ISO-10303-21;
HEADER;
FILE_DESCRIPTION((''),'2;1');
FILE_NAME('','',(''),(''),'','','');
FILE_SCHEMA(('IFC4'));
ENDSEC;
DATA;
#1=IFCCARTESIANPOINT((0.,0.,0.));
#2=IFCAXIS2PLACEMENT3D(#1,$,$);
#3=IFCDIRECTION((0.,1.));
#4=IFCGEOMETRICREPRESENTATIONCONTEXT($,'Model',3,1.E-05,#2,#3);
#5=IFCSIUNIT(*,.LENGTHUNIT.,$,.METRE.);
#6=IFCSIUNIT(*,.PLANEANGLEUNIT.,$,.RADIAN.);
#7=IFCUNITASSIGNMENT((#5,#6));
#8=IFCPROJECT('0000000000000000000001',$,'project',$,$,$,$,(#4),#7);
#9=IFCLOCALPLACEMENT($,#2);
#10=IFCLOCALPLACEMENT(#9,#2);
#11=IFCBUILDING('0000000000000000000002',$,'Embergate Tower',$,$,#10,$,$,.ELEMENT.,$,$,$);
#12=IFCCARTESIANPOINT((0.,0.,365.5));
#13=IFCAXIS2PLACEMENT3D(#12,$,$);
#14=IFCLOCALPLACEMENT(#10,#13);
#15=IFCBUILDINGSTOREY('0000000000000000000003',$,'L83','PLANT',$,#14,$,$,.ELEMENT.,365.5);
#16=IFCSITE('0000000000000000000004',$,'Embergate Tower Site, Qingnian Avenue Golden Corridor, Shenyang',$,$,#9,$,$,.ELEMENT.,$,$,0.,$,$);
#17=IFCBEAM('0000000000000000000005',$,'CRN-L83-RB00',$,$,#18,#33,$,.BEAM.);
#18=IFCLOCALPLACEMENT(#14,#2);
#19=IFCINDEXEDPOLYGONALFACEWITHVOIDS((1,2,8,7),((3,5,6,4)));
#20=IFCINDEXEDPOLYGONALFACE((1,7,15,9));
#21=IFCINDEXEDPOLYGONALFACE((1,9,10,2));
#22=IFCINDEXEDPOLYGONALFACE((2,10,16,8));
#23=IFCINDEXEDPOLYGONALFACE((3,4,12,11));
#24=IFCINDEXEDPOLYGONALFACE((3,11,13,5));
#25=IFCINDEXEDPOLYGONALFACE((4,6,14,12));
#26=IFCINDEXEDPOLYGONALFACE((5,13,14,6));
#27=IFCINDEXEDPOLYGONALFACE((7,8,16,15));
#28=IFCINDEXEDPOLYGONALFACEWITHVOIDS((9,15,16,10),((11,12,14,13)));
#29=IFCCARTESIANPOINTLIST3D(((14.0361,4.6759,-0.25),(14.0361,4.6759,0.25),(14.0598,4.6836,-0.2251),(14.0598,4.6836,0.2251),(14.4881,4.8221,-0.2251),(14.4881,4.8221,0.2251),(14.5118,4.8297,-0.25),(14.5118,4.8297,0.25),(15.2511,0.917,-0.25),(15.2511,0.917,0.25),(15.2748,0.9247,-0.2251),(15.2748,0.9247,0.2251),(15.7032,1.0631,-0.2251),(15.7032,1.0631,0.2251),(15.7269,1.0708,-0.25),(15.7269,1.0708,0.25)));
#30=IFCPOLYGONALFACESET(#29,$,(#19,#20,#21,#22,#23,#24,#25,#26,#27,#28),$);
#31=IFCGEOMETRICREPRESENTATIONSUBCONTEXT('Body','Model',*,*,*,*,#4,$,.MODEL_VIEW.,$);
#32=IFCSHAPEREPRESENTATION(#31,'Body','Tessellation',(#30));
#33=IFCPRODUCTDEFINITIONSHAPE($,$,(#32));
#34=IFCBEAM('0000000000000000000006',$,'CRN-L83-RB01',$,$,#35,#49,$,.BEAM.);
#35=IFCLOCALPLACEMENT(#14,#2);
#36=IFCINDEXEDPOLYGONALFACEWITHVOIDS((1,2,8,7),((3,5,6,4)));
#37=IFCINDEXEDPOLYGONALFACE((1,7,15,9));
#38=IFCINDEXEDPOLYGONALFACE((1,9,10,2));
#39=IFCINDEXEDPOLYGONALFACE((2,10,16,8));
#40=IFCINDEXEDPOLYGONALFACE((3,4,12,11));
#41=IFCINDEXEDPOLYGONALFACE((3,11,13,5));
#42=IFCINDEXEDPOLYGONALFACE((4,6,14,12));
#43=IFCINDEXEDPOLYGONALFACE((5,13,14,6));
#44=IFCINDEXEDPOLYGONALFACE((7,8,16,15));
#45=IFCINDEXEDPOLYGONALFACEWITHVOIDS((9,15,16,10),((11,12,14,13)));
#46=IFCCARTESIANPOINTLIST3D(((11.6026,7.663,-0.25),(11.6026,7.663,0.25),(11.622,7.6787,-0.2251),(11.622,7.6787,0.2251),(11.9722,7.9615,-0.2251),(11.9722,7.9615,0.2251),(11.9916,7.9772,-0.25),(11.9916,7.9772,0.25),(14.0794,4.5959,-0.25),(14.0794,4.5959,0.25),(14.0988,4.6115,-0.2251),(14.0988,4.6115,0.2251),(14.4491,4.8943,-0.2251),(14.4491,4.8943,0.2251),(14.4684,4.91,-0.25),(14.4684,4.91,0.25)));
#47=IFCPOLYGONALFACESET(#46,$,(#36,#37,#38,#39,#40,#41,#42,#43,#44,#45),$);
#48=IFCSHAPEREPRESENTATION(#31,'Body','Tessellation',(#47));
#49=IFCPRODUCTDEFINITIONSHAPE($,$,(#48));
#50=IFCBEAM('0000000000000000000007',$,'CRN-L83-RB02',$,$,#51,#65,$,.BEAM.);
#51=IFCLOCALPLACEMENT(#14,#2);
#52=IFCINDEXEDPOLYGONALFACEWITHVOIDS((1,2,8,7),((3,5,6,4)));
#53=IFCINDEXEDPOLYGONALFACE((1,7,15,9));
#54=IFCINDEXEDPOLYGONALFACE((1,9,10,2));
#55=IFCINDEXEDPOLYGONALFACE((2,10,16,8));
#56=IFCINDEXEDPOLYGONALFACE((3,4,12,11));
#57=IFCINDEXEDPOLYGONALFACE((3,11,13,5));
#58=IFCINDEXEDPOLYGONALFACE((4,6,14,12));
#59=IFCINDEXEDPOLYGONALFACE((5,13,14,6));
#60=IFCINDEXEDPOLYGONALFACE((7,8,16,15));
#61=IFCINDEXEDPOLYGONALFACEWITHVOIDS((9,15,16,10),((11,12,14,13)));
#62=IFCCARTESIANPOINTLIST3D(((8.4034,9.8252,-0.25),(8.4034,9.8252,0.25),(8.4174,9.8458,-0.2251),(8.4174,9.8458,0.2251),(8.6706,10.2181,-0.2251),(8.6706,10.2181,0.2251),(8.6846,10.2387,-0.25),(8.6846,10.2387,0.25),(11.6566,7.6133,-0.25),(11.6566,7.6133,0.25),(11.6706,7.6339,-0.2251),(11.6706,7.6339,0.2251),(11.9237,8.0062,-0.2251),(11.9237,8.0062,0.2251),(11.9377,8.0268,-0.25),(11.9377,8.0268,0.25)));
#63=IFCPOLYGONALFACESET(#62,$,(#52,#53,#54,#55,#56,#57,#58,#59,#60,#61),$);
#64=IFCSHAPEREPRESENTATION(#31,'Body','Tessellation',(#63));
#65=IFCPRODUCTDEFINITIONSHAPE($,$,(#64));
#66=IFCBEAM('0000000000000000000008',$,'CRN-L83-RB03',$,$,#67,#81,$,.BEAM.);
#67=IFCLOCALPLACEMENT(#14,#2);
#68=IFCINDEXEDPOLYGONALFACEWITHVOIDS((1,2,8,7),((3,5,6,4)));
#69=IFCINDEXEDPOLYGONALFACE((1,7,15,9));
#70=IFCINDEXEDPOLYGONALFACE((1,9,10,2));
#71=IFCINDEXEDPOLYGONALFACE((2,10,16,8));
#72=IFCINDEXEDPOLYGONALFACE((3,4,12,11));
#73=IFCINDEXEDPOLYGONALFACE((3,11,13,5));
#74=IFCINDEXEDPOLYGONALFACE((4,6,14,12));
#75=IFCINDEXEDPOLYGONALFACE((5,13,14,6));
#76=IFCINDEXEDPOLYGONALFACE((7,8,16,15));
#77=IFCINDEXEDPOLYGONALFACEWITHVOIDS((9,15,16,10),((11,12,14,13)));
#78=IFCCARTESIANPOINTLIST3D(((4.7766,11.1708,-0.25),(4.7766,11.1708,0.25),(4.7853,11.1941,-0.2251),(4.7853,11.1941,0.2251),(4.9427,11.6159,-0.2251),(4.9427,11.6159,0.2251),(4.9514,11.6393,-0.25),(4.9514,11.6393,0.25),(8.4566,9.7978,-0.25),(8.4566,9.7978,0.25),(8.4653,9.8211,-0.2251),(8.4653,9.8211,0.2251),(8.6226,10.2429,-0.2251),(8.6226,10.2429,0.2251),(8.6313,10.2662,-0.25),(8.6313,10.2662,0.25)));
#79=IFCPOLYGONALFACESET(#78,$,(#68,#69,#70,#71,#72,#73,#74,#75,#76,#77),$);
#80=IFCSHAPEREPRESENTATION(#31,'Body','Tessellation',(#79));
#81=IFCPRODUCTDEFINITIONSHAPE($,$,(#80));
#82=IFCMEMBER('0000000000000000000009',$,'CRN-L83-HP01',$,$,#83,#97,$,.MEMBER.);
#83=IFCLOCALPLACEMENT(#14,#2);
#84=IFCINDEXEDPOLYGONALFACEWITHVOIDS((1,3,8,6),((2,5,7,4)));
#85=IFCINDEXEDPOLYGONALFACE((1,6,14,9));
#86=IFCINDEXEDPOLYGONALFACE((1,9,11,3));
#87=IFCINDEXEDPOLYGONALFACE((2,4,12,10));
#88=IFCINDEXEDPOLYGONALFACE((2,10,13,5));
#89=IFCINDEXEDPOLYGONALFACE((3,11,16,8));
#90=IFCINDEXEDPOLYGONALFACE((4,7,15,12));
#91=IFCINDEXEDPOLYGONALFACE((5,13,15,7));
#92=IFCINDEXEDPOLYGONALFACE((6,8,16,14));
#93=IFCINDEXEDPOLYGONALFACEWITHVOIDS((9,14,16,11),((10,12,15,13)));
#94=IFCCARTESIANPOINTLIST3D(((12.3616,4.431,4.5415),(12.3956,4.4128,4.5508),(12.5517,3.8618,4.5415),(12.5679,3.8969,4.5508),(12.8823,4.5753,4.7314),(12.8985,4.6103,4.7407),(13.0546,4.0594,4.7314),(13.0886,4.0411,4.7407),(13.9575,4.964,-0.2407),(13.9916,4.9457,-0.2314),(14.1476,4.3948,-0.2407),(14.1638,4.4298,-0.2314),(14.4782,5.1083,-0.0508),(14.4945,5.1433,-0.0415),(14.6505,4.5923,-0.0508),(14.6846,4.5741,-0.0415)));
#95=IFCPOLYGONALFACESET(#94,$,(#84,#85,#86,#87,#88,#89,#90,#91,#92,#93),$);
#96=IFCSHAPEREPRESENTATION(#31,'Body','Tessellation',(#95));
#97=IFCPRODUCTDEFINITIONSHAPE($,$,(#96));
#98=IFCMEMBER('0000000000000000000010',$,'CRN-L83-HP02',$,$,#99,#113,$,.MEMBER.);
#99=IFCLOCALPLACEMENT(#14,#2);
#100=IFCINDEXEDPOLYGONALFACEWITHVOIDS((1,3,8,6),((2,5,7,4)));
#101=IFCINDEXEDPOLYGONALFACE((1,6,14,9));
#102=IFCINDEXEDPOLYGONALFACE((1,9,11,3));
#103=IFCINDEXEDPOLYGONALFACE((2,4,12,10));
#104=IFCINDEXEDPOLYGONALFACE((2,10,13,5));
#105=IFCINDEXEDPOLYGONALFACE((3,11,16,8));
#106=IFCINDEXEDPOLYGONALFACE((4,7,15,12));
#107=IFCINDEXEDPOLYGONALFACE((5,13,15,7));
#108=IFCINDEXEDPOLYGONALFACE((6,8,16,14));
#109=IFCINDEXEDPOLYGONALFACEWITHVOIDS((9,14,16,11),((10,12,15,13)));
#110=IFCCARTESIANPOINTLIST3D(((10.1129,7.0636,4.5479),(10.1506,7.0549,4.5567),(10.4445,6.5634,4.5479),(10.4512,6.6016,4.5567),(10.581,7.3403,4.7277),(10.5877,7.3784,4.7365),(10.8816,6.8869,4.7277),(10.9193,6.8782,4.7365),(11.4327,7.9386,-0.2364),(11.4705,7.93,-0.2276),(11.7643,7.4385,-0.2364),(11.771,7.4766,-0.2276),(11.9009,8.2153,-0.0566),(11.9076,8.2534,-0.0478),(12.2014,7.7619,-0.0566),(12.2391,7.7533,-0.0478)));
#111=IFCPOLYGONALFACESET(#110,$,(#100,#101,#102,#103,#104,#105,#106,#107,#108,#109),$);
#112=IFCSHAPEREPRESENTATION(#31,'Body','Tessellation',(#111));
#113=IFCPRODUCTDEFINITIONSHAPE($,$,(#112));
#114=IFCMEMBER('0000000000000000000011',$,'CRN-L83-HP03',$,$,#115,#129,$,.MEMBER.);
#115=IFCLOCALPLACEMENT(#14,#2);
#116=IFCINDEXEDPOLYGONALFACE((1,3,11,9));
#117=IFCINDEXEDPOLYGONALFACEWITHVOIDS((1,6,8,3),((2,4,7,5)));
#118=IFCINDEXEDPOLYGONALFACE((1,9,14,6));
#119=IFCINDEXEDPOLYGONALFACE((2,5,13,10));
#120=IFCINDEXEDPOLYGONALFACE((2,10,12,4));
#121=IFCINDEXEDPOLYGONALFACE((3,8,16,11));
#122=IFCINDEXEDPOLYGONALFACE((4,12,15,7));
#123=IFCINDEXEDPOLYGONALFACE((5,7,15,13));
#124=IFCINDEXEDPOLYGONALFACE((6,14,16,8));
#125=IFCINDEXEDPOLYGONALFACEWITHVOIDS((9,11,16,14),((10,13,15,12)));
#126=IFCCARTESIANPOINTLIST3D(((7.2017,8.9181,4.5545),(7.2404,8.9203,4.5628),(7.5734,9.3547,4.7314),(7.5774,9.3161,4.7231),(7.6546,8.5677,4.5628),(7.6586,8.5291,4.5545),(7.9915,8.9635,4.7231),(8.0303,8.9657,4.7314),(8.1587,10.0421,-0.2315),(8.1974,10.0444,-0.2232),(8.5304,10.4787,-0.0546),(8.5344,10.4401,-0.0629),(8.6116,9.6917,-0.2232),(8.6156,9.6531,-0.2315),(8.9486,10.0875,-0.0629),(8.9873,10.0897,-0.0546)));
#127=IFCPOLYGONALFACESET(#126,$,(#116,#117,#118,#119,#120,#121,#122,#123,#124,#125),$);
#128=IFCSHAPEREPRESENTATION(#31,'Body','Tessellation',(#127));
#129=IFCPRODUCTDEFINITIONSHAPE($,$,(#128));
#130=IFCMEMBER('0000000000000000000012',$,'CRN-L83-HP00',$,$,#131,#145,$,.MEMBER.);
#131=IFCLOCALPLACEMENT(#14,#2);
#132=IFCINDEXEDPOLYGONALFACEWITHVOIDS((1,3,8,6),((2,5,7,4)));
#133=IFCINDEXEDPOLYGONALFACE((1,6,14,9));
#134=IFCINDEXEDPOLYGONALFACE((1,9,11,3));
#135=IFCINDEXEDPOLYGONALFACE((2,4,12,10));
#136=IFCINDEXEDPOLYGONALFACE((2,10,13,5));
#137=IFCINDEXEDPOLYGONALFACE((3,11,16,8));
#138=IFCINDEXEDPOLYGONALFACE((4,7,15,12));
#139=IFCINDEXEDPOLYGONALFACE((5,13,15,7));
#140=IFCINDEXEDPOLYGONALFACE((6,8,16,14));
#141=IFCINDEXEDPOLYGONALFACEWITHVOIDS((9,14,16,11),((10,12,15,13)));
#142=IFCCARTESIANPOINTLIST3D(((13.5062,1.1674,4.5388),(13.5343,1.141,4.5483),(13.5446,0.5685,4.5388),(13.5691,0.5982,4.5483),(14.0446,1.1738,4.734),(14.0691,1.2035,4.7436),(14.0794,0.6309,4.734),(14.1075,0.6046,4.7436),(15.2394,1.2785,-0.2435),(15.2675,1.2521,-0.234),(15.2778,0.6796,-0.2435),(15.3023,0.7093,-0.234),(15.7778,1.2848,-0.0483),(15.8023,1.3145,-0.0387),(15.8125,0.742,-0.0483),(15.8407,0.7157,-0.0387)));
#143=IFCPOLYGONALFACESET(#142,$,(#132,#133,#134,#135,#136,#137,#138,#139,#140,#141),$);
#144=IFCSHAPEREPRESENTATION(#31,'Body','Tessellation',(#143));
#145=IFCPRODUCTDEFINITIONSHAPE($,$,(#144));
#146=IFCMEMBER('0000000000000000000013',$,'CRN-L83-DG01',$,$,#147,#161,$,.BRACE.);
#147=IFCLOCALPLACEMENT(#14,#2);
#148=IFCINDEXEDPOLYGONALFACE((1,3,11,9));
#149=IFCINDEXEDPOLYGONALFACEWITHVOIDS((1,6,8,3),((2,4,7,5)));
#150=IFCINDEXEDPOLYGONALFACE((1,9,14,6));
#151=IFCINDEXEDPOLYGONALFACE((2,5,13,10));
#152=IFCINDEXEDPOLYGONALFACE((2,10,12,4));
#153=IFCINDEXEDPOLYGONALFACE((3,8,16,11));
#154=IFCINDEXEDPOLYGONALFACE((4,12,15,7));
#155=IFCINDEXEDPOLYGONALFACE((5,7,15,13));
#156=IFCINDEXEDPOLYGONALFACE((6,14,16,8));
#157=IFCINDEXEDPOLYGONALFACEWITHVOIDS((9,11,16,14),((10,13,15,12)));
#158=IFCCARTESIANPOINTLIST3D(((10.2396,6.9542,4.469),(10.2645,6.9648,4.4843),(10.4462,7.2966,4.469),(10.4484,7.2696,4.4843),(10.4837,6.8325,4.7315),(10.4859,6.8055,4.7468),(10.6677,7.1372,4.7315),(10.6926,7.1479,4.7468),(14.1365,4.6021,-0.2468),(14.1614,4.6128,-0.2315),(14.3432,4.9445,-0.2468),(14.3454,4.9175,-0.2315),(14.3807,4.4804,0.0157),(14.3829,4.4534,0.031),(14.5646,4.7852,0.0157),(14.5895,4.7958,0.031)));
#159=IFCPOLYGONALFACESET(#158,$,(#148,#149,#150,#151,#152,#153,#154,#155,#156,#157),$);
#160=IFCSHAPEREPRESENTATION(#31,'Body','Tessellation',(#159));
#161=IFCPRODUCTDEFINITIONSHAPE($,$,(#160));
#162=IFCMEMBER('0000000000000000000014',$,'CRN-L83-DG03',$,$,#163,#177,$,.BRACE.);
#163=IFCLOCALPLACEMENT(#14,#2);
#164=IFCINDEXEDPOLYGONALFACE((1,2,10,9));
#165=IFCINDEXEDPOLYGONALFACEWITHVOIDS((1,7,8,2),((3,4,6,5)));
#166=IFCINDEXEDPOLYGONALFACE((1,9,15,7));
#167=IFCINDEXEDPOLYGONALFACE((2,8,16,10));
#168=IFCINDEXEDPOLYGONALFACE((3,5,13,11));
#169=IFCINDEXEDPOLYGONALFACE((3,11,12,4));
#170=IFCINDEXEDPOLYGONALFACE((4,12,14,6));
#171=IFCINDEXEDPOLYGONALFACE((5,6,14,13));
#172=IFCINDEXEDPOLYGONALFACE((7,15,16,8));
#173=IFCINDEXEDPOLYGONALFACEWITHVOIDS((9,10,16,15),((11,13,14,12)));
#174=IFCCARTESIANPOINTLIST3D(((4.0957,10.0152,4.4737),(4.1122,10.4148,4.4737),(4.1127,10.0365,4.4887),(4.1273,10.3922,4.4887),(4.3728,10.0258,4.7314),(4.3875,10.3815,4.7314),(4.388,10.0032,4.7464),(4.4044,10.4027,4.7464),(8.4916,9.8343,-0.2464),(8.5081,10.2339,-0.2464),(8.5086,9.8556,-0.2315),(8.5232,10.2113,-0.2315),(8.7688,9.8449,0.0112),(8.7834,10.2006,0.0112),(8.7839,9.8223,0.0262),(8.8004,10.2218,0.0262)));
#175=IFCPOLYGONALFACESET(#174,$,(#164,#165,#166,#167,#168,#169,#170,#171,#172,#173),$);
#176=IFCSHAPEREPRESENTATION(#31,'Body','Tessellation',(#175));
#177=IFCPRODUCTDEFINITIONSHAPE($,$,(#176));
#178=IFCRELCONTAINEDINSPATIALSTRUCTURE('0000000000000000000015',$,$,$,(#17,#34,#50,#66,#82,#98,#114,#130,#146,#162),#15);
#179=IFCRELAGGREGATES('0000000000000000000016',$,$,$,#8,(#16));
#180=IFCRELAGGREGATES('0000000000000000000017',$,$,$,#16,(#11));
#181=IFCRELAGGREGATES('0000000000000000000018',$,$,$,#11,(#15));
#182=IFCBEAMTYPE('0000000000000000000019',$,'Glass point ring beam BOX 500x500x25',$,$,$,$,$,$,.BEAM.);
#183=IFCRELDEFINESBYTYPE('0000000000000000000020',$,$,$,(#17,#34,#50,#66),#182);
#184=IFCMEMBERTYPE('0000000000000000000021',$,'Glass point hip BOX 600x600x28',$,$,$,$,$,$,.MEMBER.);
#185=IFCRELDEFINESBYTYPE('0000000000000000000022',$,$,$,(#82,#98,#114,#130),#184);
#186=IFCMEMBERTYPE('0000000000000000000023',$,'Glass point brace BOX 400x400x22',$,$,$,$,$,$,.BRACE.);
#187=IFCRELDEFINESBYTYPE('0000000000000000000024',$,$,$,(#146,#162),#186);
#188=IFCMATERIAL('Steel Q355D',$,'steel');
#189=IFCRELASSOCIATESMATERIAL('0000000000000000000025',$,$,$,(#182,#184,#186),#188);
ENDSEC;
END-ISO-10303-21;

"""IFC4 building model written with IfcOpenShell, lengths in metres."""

from ifc_helpers import new_model, si_unit, direction, frame, origin, origin_2d, place, context, subcontext, project, spatial, hollow_rectangle, extrude, source, transform, mapped, material, material_profile, profile_set, type_object, element, save


model = new_model("IFC4")

# Units and contexts
model_context = context("Model", 3, precision=1e-05, world=origin(), true_north=direction((0.0, 1.0)))
body_context = subcontext(model_context, "Body", "Model", "MODEL_VIEW")
ifc_project = project(units=[si_unit("LENGTHUNIT", "METRE"), si_unit("PLANEANGLEUNIT", "RADIAN")], contexts=[model_context])

# Site, building, storey
site_placement = place(None, origin())
site = spatial("IfcSite", under=ifc_project, at=site_placement, Name="Embergate Tower Site, Qingnian Avenue Golden Corridor, Shenyang", CompositionType="ELEMENT", RefElevation=0.0)
building_placement = place(site_placement, origin())
building = spatial("IfcBuilding", under=site, at=building_placement, Name="Embergate Tower", CompositionType="ELEMENT")
storey_placement = place(building_placement, frame((0.0, 0.0, 365.5)))
storey = spatial("IfcBuildingStorey", under=building, at=storey_placement, Name="L83", Description="PLANT", CompositionType="ELEMENT", Elevation=365.5)

# Beams
ifc_material_1 = material(Name="Steel Q355D", Category="steel")
ifc_material_profile_1 = material_profile(ifc_material_1, hollow_rectangle(XDim=0.5, YDim=0.5, WallThickness=0.0249, at=origin_2d()), Name="BOX 500x500x25")
ifc_profile_set_1 = profile_set([ifc_material_profile_1], Name="Steel Q355 grade D")
beam_type = type_object("IfcBeamType", Name="Glass point ring beam BOX 500x500x25", PredefinedType="BEAM", material=ifc_profile_set_1)
shared_shape_1 = source(origin(), body_context, "Body", "SweptSolid", [
    extrude(hollow_rectangle(XDim=0.5, YDim=0.5, WallThickness=0.0249, at=origin_2d()), origin(), (0.0, 0.0, 1.0), 3.9504),
])
beam_1_placement = place(storey_placement, frame((15.489, 0.9939, 0.0), z_axis=(-0.307575, 0.951524, 0.0), x_axis=(-0.951524, -0.307575, 0.0)))
element("IfcBeam", 1, at=beam_1_placement, inside=storey, type_object=beam_type, Name="CRN-L83-RB00", PredefinedType="BEAM", context=body_context, shape_type="MappedRepresentation", body=[
    mapped(shared_shape_1, transform((0.0, 0.0, 0.0))),
])
shared_shape_2 = source(origin(), body_context, "Body", "SweptSolid", [
    extrude(hollow_rectangle(XDim=0.5, YDim=0.5, WallThickness=0.0249, at=origin_2d()), origin(), (0.0, 0.0, 1.0), 3.9424),
])
beam_2_placement = place(storey_placement, frame((14.2739, 4.7529, 0.0), z_axis=(-0.628261, 0.778003, 0.0), x_axis=(-0.778003, -0.628261, 0.0)))
element("IfcBeam", 2, at=beam_2_placement, inside=storey, type_object=beam_type, Name="CRN-L83-RB01", PredefinedType="BEAM", context=body_context, shape_type="MappedRepresentation", body=[
    mapped(shared_shape_2, transform((0.0, 0.0, 0.0))),
])
shared_shape_3 = source(origin(), body_context, "Body", "SweptSolid", [
    extrude(hollow_rectangle(XDim=0.5, YDim=0.5, WallThickness=0.0249, at=origin_2d()), origin(), (0.0, 0.0, 1.0), 3.9338),
])
beam_3_placement = place(storey_placement, frame((11.7971, 7.8201, 0.0), z_axis=(-0.826955, 0.562268, 0.0), x_axis=(-0.562268, -0.826955, 0.0)))
element("IfcBeam", 3, at=beam_3_placement, inside=storey, type_object=beam_type, Name="CRN-L83-RB02", PredefinedType="BEAM", context=body_context, shape_type="MappedRepresentation", body=[
    mapped(shared_shape_3, transform((0.0, 0.0, 0.0))),
])
shared_shape_4 = source(origin(), body_context, "Body", "SweptSolid", [
    extrude(hollow_rectangle(XDim=0.5, YDim=0.5, WallThickness=0.0249, at=origin_2d()), origin(), (0.0, 0.0, 1.0), 3.9277),
])
beam_4_placement = place(storey_placement, frame((8.5439, 10.032, 0.0), z_axis=(-0.936908, 0.349577, 0.0), x_axis=(-0.349577, -0.936908, 0.0)))
element("IfcBeam", 4, at=beam_4_placement, inside=storey, type_object=beam_type, Name="CRN-L83-RB03", PredefinedType="BEAM", context=body_context, shape_type="MappedRepresentation", body=[
    mapped(shared_shape_4, transform((0.0, 0.0, 0.0))),
])

# Members
ifc_material_profile_2 = material_profile(ifc_material_1, hollow_rectangle(XDim=0.6001, YDim=0.6001, WallThickness=0.0281, at=origin_2d()), Name="BOX 600x600x28")
ifc_profile_set_2 = profile_set([ifc_material_profile_2], Name="Steel Q355 grade D")
member_type_1 = type_object("IfcMemberType", Name="Glass point hip BOX 600x600x28", PredefinedType="MEMBER", material=ifc_profile_set_2)
shared_shape_5 = source(origin(), body_context, "Body", "SweptSolid", [
    extrude(hollow_rectangle(XDim=0.6001, YDim=0.6001, WallThickness=0.0281, at=origin_2d()), origin(), (0.0, 0.0, 1.0), 5.0696),
])
member_1_placement = place(storey_placement, frame((14.321, 4.769, -0.1411), z_axis=(-0.314808, -0.105129, 0.943315), x_axis=(0.31675, -0.948509, 0.0)))
element("IfcMember", 5, at=member_1_placement, inside=storey, type_object=member_type_1, Name="CRN-L83-HP01", PredefinedType="MEMBER", context=body_context, shape_type="MappedRepresentation", body=[
    mapped(shared_shape_5, transform((0.0, 0.0, 0.0))),
])
shared_shape_6 = source(origin(), body_context, "Body", "SweptSolid", [
    extrude(hollow_rectangle(XDim=0.6001, YDim=0.6001, WallThickness=0.0281, at=origin_2d()), origin(), (0.0, 0.0, 1.0), 5.0396),
])
member_2_placement = place(storey_placement, frame((11.8359, 7.8459, -0.1421), z_axis=(-0.261899, -0.17363, 0.949348), x_axis=(0.552564, -0.833471, 0.0)))
element("IfcMember", 6, at=member_2_placement, inside=storey, type_object=member_type_1, Name="CRN-L83-HP02", PredefinedType="MEMBER", context=body_context, shape_type="MappedRepresentation", body=[
    mapped(shared_shape_6, transform((0.0, 0.0, 0.0))),
])
shared_shape_7 = source(origin(), body_context, "Body", "SweptSolid", [
    extrude(hollow_rectangle(XDim=0.6001, YDim=0.6001, WallThickness=0.0281, at=origin_2d()), origin(), (0.0, 0.0, 1.0), 5.0085),
])
member_3_placement = place(storey_placement, frame((8.573, 10.0659, -0.1431), z_axis=(-0.191076, -0.224417, 0.955577), x_axis=(0.7614, -0.648282, 0.0)))
element("IfcMember", 7, at=member_3_placement, inside=storey, type_object=member_type_1, Name="CRN-L83-HP03", PredefinedType="MEMBER", context=body_context, shape_type="MappedRepresentation", body=[
    mapped(shared_shape_7, transform((0.0, 0.0, 0.0))),
])
shared_shape_8 = source(origin(), body_context, "Body", "SweptSolid", [
    extrude(hollow_rectangle(XDim=0.6001, YDim=0.6001, WallThickness=0.0281, at=origin_2d()), origin(), (0.0, 0.0, 1.0), 5.0879),
])
member_4_placement = place(storey_placement, frame((15.54, 0.9971, -0.1411), z_axis=(-0.340648, -0.021833, 0.939937), x_axis=(0.063962, -0.997952, 0.0)))
element("IfcMember", 8, at=member_4_placement, inside=storey, type_object=member_type_1, Name="CRN-L83-HP00", PredefinedType="MEMBER", context=body_context, shape_type="MappedRepresentation", body=[
    mapped(shared_shape_8, transform((0.0, 0.0, 0.0))),
])
ifc_material_profile_3 = material_profile(ifc_material_1, hollow_rectangle(XDim=0.3999, YDim=0.3999, WallThickness=0.022, at=origin_2d()), Name="BOX 400x400x22")
ifc_profile_set_3 = profile_set([ifc_material_profile_3], Name="Steel Q355 grade D")
member_type_2 = type_object("IfcMemberType", Name="Glass point brace BOX 400x400x22", PredefinedType="BRACE", material=ifc_profile_set_3)
shared_shape_9 = source(origin(), body_context, "Body", "SweptSolid", [
    extrude(hollow_rectangle(XDim=0.3999, YDim=0.3999, WallThickness=0.022, at=origin_2d()), origin(), (0.0, 0.0, 1.0), 6.5542),
])
member_5_placement = place(storey_placement, frame((14.363, 4.699, -0.1079), z_axis=(-0.594577, 0.358862, 0.719512), x_axis=(-0.516734, -0.856146, 0.0)))
element("IfcMember", 9, at=member_5_placement, inside=storey, type_object=member_type_2, Name="CRN-L83-DG01", PredefinedType="BRACE", context=body_context, shape_type="MappedRepresentation", body=[
    mapped(shared_shape_9, transform((0.0, 0.0, 0.0))),
])
shared_shape_10 = source(origin(), body_context, "Body", "SweptSolid", [
    extrude(hollow_rectangle(XDim=0.3999, YDim=0.3999, WallThickness=0.022, at=origin_2d()), origin(), (0.0, 0.0, 1.0), 6.4526),
])
member_6_placement = place(storey_placement, frame((8.646, 10.0281, -0.1101), z_axis=(-0.68126, 0.028036, 0.731505), x_axis=(-0.041118, -0.999154, 0.0)))
element("IfcMember", 10, at=member_6_placement, inside=storey, type_object=member_type_2, Name="CRN-L83-DG03", PredefinedType="BRACE", context=body_context, shape_type="MappedRepresentation", body=[
    mapped(shared_shape_10, transform((0.0, 0.0, 0.0))),
])

save(model, "model.ifc")
